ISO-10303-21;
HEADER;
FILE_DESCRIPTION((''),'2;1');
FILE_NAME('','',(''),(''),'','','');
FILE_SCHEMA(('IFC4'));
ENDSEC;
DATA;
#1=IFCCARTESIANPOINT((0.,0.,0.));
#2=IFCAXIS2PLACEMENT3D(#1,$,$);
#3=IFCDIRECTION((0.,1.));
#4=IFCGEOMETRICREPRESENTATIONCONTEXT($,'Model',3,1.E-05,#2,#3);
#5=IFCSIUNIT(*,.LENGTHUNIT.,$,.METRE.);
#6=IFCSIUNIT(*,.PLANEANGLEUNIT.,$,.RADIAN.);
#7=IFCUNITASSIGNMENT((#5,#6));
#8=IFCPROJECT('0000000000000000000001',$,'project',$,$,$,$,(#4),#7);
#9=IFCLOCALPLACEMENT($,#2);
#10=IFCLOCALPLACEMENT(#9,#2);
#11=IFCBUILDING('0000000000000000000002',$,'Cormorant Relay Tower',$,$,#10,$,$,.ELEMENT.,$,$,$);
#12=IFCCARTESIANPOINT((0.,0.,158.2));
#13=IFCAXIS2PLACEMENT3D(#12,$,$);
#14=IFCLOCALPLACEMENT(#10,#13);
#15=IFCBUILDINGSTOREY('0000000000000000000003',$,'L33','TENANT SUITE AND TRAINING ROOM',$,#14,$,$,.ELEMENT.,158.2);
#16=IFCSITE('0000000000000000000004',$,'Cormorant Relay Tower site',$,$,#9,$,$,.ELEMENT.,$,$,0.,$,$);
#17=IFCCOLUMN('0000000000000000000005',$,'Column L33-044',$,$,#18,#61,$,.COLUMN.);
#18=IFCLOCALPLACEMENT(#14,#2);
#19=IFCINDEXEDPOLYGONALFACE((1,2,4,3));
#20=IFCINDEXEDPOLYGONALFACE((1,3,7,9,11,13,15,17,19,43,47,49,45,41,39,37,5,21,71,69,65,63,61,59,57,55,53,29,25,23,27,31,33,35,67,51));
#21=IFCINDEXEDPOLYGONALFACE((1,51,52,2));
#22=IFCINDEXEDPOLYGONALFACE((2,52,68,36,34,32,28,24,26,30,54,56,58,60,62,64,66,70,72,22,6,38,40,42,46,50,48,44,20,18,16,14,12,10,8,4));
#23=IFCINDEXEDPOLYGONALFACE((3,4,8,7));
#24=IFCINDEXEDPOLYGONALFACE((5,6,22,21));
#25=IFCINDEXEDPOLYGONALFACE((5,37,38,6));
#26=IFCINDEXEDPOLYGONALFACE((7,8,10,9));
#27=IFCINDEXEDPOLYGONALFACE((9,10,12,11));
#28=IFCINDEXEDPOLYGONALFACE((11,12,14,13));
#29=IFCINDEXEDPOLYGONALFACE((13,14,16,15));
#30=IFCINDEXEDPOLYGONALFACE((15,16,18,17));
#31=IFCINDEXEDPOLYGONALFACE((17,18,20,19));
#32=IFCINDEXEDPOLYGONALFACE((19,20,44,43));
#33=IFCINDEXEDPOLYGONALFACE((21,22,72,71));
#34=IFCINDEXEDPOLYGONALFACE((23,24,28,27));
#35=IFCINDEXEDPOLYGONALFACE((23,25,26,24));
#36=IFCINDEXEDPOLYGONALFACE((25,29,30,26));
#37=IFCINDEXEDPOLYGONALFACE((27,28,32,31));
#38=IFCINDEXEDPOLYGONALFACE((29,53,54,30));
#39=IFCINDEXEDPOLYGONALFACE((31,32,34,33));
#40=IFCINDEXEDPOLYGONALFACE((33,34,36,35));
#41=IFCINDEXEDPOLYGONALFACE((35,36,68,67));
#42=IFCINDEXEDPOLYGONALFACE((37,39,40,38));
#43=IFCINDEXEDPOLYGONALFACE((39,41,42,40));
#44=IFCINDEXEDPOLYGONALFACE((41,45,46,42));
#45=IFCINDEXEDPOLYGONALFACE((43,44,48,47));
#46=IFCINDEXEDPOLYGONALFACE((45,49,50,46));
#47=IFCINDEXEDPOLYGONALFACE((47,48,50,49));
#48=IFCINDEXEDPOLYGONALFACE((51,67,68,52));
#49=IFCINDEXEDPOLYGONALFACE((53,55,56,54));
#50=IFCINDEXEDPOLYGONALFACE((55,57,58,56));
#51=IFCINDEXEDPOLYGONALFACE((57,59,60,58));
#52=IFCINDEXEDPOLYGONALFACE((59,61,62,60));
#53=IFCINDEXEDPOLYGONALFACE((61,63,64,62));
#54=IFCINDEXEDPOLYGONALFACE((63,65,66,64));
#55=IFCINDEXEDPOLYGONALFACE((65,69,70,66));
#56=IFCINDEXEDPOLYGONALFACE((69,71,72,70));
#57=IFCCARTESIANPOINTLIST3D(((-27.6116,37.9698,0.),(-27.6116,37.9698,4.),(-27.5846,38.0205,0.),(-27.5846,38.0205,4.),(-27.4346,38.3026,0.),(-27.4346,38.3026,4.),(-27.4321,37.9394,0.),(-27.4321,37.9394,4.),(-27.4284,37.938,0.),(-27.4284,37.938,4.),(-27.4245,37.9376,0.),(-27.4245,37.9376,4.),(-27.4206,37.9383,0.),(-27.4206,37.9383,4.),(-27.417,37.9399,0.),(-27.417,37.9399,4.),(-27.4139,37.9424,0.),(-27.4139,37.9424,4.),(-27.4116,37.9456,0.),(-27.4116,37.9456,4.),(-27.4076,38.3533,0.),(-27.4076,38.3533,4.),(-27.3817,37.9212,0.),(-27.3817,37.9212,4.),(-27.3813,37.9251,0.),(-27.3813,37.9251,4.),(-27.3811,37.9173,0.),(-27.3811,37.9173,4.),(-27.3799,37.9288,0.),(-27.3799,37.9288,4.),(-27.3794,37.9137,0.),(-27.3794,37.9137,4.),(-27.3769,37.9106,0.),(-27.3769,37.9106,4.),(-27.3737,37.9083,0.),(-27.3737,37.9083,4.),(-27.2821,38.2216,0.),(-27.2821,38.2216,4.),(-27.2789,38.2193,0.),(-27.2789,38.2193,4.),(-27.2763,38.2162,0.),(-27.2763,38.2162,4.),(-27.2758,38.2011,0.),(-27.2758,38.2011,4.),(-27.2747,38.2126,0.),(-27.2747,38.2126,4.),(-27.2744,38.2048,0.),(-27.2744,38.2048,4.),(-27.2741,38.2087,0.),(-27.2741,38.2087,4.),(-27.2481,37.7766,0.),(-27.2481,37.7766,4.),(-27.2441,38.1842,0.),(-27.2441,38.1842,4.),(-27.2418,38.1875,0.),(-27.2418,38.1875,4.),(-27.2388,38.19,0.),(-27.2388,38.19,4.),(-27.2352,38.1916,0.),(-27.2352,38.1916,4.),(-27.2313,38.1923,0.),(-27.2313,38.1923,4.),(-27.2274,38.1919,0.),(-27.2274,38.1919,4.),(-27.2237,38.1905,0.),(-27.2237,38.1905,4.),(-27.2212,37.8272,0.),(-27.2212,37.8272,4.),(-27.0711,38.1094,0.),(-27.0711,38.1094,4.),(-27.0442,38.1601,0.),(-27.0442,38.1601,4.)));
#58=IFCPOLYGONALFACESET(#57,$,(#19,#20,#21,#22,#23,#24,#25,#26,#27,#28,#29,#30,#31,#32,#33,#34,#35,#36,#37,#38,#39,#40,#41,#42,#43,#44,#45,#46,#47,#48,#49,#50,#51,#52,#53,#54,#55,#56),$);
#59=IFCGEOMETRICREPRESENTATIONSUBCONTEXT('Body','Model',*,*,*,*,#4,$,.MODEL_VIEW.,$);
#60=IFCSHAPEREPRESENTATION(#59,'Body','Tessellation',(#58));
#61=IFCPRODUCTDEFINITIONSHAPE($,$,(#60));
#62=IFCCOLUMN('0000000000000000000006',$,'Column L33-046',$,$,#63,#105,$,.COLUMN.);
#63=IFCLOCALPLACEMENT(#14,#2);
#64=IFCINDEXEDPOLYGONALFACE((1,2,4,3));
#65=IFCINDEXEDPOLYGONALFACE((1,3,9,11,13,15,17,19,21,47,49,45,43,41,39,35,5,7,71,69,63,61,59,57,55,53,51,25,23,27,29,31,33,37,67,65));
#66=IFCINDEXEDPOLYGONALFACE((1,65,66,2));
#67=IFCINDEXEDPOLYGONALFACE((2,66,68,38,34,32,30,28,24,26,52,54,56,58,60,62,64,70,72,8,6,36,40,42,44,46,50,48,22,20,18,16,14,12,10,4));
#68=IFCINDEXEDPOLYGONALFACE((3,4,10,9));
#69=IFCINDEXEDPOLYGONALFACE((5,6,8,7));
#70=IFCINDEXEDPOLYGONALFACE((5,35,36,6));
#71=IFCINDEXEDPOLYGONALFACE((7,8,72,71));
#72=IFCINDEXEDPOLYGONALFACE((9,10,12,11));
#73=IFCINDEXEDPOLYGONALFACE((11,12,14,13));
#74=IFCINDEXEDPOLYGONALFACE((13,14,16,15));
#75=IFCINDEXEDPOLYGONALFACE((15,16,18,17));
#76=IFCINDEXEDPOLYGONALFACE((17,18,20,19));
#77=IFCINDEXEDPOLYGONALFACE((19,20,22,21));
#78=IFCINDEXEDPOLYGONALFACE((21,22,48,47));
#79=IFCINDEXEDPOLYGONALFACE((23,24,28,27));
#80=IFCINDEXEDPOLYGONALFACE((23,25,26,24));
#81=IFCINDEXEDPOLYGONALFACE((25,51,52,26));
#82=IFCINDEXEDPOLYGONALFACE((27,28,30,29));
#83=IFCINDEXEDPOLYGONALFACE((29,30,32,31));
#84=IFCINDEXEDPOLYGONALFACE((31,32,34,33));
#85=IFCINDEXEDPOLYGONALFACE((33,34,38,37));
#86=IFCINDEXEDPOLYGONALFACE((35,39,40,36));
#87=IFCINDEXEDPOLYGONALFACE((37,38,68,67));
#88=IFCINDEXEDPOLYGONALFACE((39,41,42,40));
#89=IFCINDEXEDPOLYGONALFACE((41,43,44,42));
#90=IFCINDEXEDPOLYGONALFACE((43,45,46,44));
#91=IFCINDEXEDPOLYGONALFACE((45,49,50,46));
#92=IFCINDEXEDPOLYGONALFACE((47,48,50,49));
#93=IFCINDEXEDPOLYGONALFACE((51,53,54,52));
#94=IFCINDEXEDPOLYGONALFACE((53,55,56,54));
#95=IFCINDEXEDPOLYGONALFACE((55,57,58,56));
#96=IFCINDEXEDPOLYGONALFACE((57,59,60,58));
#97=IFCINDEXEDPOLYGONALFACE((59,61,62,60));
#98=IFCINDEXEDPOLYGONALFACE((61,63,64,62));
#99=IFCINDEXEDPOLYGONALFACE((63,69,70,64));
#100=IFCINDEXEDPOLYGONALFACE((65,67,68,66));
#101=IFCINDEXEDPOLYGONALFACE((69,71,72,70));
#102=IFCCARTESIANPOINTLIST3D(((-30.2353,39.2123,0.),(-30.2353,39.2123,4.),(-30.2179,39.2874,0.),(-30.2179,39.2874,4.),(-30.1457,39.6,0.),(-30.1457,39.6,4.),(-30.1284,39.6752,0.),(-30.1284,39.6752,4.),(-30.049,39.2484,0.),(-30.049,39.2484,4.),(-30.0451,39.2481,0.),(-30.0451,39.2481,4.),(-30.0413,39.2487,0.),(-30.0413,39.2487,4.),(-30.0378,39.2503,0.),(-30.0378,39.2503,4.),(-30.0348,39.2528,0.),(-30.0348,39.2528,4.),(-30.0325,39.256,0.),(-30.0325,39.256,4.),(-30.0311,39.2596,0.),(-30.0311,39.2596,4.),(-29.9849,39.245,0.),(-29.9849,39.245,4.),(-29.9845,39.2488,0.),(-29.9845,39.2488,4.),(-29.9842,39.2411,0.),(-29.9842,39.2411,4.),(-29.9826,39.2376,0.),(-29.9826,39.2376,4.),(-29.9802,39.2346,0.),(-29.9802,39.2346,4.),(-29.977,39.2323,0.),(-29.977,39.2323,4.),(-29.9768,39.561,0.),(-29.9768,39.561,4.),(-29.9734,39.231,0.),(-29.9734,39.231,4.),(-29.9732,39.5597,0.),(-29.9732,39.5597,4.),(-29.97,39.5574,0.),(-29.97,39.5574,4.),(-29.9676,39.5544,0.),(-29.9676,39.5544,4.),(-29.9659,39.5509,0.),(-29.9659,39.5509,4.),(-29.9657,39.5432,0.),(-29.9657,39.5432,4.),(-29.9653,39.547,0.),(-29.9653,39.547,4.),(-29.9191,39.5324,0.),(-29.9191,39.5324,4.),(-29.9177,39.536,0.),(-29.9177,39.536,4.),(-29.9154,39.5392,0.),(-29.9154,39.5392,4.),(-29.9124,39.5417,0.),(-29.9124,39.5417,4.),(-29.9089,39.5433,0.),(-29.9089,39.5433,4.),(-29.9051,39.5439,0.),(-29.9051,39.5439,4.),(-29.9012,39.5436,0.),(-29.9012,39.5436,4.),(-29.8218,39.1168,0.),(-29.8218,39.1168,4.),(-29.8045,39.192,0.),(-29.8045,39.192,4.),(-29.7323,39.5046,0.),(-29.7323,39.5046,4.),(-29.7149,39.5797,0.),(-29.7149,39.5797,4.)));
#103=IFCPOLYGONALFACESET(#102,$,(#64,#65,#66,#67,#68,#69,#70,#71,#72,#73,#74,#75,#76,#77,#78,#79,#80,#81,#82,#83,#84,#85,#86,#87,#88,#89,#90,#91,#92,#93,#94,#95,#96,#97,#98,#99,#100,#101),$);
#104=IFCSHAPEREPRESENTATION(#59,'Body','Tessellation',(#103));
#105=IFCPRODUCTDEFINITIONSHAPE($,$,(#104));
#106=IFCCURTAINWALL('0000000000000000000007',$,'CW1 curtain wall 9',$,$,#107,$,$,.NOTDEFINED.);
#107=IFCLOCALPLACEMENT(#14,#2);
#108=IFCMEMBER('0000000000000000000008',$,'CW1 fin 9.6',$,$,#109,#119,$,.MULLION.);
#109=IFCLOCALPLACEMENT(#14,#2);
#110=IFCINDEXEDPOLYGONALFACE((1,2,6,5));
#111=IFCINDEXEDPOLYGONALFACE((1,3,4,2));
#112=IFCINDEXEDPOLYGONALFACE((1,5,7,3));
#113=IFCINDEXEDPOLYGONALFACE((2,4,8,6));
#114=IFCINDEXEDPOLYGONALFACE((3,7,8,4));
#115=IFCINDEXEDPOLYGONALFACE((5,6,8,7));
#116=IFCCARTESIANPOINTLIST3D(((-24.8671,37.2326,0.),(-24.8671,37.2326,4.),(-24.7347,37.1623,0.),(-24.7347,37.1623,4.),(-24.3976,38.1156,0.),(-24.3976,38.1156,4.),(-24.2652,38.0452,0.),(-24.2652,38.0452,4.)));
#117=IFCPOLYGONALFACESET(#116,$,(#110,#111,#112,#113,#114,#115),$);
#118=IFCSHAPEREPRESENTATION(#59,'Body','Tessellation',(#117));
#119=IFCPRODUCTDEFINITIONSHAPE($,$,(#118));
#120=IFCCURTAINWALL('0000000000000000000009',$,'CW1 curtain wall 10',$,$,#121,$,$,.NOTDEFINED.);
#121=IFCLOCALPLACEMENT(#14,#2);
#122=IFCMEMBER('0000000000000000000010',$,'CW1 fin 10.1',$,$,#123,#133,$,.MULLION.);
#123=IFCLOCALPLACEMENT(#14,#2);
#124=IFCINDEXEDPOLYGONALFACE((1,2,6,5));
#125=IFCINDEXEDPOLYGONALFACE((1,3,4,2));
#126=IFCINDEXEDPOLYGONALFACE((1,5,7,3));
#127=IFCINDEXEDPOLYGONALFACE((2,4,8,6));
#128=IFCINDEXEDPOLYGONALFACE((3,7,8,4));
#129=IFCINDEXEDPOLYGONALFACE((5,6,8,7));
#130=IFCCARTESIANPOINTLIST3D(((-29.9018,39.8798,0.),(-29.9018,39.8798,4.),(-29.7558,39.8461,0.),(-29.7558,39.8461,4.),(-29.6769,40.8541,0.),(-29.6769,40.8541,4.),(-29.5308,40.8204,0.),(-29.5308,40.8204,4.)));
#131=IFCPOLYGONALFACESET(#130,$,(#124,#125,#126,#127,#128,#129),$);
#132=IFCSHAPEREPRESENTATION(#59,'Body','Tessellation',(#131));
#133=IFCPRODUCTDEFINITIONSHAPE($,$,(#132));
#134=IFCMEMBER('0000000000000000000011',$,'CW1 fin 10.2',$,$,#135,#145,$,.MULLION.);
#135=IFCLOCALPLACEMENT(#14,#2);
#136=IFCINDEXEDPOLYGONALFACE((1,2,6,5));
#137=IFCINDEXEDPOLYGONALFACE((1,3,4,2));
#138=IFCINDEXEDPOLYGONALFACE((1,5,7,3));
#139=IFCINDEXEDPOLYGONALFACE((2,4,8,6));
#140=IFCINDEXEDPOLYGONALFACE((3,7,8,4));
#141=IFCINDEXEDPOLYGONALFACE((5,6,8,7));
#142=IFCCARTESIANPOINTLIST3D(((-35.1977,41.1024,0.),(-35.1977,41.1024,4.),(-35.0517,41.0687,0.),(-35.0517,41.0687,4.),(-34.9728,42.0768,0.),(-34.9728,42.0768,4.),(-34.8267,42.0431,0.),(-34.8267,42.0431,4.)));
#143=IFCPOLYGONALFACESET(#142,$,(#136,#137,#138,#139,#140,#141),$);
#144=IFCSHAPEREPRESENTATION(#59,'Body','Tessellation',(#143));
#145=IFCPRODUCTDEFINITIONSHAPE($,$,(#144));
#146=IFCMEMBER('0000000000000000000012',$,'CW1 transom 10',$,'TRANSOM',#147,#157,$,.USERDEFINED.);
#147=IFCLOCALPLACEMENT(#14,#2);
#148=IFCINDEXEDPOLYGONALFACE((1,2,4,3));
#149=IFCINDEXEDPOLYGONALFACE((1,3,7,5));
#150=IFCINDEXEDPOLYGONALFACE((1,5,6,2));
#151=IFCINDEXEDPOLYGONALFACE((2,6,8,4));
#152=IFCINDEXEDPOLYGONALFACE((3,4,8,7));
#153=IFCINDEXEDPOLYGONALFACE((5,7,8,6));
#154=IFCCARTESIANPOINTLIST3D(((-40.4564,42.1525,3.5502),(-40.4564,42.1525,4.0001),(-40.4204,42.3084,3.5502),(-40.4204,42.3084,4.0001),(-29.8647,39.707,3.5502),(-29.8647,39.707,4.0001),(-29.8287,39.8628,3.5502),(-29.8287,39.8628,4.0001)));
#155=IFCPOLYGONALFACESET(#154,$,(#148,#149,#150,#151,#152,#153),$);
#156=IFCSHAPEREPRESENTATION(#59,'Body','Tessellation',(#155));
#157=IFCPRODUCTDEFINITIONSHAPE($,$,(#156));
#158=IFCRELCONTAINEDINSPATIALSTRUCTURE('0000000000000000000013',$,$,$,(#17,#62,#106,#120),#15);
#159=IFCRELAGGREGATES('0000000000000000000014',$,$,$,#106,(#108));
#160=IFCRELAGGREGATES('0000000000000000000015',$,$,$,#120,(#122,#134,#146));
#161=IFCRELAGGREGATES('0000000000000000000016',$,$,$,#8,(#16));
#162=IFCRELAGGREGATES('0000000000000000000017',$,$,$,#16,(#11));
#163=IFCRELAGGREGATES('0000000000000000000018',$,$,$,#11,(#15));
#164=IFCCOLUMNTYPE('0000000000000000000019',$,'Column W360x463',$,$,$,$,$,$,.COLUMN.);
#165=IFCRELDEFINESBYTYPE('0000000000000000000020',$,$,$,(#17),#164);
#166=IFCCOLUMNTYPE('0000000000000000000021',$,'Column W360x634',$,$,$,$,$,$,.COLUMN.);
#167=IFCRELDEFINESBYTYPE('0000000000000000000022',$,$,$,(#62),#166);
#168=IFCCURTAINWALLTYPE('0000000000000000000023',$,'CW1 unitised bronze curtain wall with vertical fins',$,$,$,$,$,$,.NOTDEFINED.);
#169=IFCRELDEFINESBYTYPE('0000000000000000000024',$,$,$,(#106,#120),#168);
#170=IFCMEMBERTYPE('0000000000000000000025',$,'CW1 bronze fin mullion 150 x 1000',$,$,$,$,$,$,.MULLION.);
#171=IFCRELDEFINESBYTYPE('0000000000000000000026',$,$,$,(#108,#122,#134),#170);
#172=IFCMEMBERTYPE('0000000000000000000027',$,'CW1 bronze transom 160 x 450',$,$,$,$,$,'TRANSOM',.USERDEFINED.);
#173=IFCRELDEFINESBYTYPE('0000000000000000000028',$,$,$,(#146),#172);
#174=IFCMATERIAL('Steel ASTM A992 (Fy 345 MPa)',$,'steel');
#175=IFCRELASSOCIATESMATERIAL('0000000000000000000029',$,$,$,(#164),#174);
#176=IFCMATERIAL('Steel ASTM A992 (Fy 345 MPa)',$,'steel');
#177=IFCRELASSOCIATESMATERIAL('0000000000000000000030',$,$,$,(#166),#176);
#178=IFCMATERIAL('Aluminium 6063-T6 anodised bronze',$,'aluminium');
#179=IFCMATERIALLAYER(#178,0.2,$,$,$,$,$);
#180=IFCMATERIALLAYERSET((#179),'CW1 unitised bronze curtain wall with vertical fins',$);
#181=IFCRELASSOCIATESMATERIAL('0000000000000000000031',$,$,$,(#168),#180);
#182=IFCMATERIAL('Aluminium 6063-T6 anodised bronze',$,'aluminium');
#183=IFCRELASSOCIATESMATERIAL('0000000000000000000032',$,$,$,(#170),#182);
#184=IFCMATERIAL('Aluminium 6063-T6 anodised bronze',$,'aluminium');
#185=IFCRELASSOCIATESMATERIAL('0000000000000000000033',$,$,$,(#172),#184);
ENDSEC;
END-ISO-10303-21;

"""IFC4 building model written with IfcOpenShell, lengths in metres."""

from ifc_helpers import new_model, si_unit, direction, frame, origin, origin_2d, place, context, subcontext, project, spatial, rectangle, i_section, extrude, material, layer, layer_set, material_profile, profile_set, type_object, element, aggregate, save


model = new_model("IFC4")

# Units and contexts
model_context = context("Model", 3, precision=1e-05, world=origin(), true_north=direction((0.0, 1.0)))
body_context = subcontext(model_context, "Body", "Model", "MODEL_VIEW")
ifc_project = project(units=[si_unit("LENGTHUNIT", "METRE"), si_unit("PLANEANGLEUNIT", "RADIAN")], contexts=[model_context])

# Site, building, storey
site_placement = place(None, origin())
site = spatial("IfcSite", under=ifc_project, at=site_placement, Name="Cormorant Relay Tower site", CompositionType="ELEMENT", RefElevation=0.0)
building_placement = place(site_placement, origin())
building = spatial("IfcBuilding", under=site, at=building_placement, Name="Cormorant Relay Tower", CompositionType="ELEMENT")
storey_placement = place(building_placement, frame((0.0, 0.0, 158.2)))
storey = spatial("IfcBuildingStorey", under=building, at=storey_placement, Name="L33", Description="TENANT SUITE AND TRAINING ROOM", CompositionType="ELEMENT", Elevation=158.2)

# Columns
ifc_material_1 = material(Name="Steel ASTM A992 (Fy 345 MPa)", Category="steel")
ifc_material_profile_1 = material_profile(ifc_material_1, i_section(OverallWidth=0.4116, OverallDepth=0.4343, WebThickness=0.0359, FlangeThickness=0.0574, FilletRadius=0.0151, at=origin_2d()), Name="W360x463")
ifc_profile_set_1 = profile_set([ifc_material_profile_1], Name="Steel ASTM A992 (Fy 345 MPa)")
column_type_1 = type_object("IfcColumnType", Name="Column W360x463", PredefinedType="COLUMN", material=ifc_profile_set_1)
column_1_placement = place(storey_placement, frame((-27.3279, 38.0649, 0.0), z_axis=(0.0, 0.0, 1.0), x_axis=(-0.882948, 0.469472, 0.0)))
element("IfcColumn", 1, at=column_1_placement, inside=storey, type_object=column_type_1, Name="Column L33-044", PredefinedType="COLUMN", context=body_context, shape_type="SweptSolid", body=[
    extrude(i_section(OverallWidth=0.4116, OverallDepth=0.4343, WebThickness=0.0359, FlangeThickness=0.0574, FilletRadius=0.0151, at=origin_2d()), origin(), (0.0, 0.0, 1.0), 4.0),
])
ifc_material_2 = material(Name="Steel ASTM A992 (Fy 345 MPa)", Category="steel")
ifc_material_profile_2 = material_profile(ifc_material_2, i_section(OverallWidth=0.4243, OverallDepth=0.4751, WebThickness=0.0479, FlangeThickness=0.0771, FilletRadius=0.0149, at=origin_2d()), Name="W360x634")
ifc_profile_set_2 = profile_set([ifc_material_profile_2], Name="Steel ASTM A992 (Fy 345 MPa)")
column_type_2 = type_object("IfcColumnType", Name="Column W360x634", PredefinedType="COLUMN", material=ifc_profile_set_2)
column_2_placement = place(storey_placement, frame((-29.9751, 39.396, 0.0), z_axis=(0.0, 0.0, 1.0), x_axis=(-0.97437, 0.224951, 0.0)))
element("IfcColumn", 2, at=column_2_placement, inside=storey, type_object=column_type_2, Name="Column L33-046", PredefinedType="COLUMN", context=body_context, shape_type="SweptSolid", body=[
    extrude(i_section(OverallWidth=0.4243, OverallDepth=0.4751, WebThickness=0.0479, FlangeThickness=0.0771, FilletRadius=0.0149, at=origin_2d()), origin(), (0.0, 0.0, 1.0), 4.0),
])

# Curtain wall, member
ifc_material_3 = material(Name="Aluminium 6063-T6 anodised bronze", Category="aluminium")
ifc_layer_1 = layer(ifc_material_3, 0.2)
ifc_layer_set_1 = layer_set([ifc_layer_1], Name="CW1 unitised bronze curtain wall with vertical fins")
curtain_wall_type = type_object("IfcCurtainWallType", Name="CW1 unitised bronze curtain wall with vertical fins", PredefinedType="NOTDEFINED", material=ifc_layer_set_1)
curtain_wall_1_placement = place(storey_placement, origin())
curtain_wall_1 = element("IfcCurtainWall", 3, at=curtain_wall_1_placement, inside=storey, type_object=curtain_wall_type, Name="CW1 curtain wall 9", PredefinedType="NOTDEFINED")
ifc_material_4 = material(Name="Aluminium 6063-T6 anodised bronze", Category="aluminium")
ifc_material_profile_3 = material_profile(ifc_material_4, rectangle(XDim=0.1499, YDim=1.0, at=origin_2d()), Name="AL 150x1000")
ifc_profile_set_3 = profile_set([ifc_material_profile_3], Name="Aluminium 6063-T6 anodised bronze")
member_type_1 = type_object("IfcMemberType", Name="CW1 bronze fin mullion 150 x 1000", PredefinedType="MULLION", material=ifc_profile_set_3)
member_1_placement = place(storey_placement, frame((-24.5662, 37.6389, 0.0), z_axis=(0.0, 0.0, 1.0), x_axis=(-0.882948, 0.469472, 0.0)))
member_1 = element("IfcMember", 4, at=member_1_placement, type_object=member_type_1, Name="CW1 fin 9.6", PredefinedType="MULLION", context=body_context, shape_type="SweptSolid", body=[
    extrude(rectangle(XDim=0.1499, YDim=1.0, at=origin_2d()), origin(), (0.0, 0.0, 1.0), 4.0),
])

# Curtain wall, members
curtain_wall_2_placement = place(storey_placement, origin())
curtain_wall_2 = element("IfcCurtainWall", 5, at=curtain_wall_2_placement, inside=storey, type_object=curtain_wall_type, Name="CW1 curtain wall 10", PredefinedType="NOTDEFINED")
member_2_placement = place(storey_placement, frame((-29.7163, 40.3501, 0.0), z_axis=(0.0, 0.0, 1.0), x_axis=(-0.97437, 0.224951, 0.0)))
member_2 = element("IfcMember", 6, at=member_2_placement, type_object=member_type_1, Name="CW1 fin 10.1", PredefinedType="MULLION", context=body_context, shape_type="SweptSolid", body=[
    extrude(rectangle(XDim=0.1499, YDim=1.0, at=origin_2d()), origin(), (0.0, 0.0, 1.0), 4.0),
])
member_3_placement = place(storey_placement, frame((-35.0122, 41.5728, 0.0), z_axis=(0.0, 0.0, 1.0), x_axis=(-0.97437, 0.224951, 0.0)))
member_3 = element("IfcMember", 7, at=member_3_placement, type_object=member_type_1, Name="CW1 fin 10.2", PredefinedType="MULLION", context=body_context, shape_type="SweptSolid", body=[
    extrude(rectangle(XDim=0.1499, YDim=1.0, at=origin_2d()), origin(), (0.0, 0.0, 1.0), 4.0),
])
ifc_material_5 = material(Name="Aluminium 6063-T6 anodised bronze", Category="aluminium")
ifc_material_profile_4 = material_profile(ifc_material_5, rectangle(XDim=0.1599, YDim=0.45, at=origin_2d()), Name="AL 160x450")
ifc_profile_set_4 = profile_set([ifc_material_profile_4], Name="Aluminium 6063-T6 anodised bronze")
member_type_2 = type_object("IfcMemberType", Name="CW1 bronze transom 160 x 450", ElementType="TRANSOM", PredefinedType="USERDEFINED", material=ifc_profile_set_4)
member_4_placement = place(storey_placement, frame((-29.8467, 39.7849, 3.7751), z_axis=(-0.974365, 0.224973, 0.0), x_axis=(-0.224973, -0.974365, 0.0)))
member_4 = element("IfcMember", 8, at=member_4_placement, type_object=member_type_2, Name="CW1 transom 10", ObjectType="TRANSOM", PredefinedType="USERDEFINED", context=body_context, shape_type="SweptSolid", body=[
    extrude(rectangle(XDim=0.1599, YDim=0.45, at=origin_2d()), origin(), (0.0, 0.0, 1.0), 10.8704),
])

aggregate(curtain_wall_1, [member_1])

aggregate(curtain_wall_2, [member_2, member_3, member_4])

save(model, "model.ifc")
